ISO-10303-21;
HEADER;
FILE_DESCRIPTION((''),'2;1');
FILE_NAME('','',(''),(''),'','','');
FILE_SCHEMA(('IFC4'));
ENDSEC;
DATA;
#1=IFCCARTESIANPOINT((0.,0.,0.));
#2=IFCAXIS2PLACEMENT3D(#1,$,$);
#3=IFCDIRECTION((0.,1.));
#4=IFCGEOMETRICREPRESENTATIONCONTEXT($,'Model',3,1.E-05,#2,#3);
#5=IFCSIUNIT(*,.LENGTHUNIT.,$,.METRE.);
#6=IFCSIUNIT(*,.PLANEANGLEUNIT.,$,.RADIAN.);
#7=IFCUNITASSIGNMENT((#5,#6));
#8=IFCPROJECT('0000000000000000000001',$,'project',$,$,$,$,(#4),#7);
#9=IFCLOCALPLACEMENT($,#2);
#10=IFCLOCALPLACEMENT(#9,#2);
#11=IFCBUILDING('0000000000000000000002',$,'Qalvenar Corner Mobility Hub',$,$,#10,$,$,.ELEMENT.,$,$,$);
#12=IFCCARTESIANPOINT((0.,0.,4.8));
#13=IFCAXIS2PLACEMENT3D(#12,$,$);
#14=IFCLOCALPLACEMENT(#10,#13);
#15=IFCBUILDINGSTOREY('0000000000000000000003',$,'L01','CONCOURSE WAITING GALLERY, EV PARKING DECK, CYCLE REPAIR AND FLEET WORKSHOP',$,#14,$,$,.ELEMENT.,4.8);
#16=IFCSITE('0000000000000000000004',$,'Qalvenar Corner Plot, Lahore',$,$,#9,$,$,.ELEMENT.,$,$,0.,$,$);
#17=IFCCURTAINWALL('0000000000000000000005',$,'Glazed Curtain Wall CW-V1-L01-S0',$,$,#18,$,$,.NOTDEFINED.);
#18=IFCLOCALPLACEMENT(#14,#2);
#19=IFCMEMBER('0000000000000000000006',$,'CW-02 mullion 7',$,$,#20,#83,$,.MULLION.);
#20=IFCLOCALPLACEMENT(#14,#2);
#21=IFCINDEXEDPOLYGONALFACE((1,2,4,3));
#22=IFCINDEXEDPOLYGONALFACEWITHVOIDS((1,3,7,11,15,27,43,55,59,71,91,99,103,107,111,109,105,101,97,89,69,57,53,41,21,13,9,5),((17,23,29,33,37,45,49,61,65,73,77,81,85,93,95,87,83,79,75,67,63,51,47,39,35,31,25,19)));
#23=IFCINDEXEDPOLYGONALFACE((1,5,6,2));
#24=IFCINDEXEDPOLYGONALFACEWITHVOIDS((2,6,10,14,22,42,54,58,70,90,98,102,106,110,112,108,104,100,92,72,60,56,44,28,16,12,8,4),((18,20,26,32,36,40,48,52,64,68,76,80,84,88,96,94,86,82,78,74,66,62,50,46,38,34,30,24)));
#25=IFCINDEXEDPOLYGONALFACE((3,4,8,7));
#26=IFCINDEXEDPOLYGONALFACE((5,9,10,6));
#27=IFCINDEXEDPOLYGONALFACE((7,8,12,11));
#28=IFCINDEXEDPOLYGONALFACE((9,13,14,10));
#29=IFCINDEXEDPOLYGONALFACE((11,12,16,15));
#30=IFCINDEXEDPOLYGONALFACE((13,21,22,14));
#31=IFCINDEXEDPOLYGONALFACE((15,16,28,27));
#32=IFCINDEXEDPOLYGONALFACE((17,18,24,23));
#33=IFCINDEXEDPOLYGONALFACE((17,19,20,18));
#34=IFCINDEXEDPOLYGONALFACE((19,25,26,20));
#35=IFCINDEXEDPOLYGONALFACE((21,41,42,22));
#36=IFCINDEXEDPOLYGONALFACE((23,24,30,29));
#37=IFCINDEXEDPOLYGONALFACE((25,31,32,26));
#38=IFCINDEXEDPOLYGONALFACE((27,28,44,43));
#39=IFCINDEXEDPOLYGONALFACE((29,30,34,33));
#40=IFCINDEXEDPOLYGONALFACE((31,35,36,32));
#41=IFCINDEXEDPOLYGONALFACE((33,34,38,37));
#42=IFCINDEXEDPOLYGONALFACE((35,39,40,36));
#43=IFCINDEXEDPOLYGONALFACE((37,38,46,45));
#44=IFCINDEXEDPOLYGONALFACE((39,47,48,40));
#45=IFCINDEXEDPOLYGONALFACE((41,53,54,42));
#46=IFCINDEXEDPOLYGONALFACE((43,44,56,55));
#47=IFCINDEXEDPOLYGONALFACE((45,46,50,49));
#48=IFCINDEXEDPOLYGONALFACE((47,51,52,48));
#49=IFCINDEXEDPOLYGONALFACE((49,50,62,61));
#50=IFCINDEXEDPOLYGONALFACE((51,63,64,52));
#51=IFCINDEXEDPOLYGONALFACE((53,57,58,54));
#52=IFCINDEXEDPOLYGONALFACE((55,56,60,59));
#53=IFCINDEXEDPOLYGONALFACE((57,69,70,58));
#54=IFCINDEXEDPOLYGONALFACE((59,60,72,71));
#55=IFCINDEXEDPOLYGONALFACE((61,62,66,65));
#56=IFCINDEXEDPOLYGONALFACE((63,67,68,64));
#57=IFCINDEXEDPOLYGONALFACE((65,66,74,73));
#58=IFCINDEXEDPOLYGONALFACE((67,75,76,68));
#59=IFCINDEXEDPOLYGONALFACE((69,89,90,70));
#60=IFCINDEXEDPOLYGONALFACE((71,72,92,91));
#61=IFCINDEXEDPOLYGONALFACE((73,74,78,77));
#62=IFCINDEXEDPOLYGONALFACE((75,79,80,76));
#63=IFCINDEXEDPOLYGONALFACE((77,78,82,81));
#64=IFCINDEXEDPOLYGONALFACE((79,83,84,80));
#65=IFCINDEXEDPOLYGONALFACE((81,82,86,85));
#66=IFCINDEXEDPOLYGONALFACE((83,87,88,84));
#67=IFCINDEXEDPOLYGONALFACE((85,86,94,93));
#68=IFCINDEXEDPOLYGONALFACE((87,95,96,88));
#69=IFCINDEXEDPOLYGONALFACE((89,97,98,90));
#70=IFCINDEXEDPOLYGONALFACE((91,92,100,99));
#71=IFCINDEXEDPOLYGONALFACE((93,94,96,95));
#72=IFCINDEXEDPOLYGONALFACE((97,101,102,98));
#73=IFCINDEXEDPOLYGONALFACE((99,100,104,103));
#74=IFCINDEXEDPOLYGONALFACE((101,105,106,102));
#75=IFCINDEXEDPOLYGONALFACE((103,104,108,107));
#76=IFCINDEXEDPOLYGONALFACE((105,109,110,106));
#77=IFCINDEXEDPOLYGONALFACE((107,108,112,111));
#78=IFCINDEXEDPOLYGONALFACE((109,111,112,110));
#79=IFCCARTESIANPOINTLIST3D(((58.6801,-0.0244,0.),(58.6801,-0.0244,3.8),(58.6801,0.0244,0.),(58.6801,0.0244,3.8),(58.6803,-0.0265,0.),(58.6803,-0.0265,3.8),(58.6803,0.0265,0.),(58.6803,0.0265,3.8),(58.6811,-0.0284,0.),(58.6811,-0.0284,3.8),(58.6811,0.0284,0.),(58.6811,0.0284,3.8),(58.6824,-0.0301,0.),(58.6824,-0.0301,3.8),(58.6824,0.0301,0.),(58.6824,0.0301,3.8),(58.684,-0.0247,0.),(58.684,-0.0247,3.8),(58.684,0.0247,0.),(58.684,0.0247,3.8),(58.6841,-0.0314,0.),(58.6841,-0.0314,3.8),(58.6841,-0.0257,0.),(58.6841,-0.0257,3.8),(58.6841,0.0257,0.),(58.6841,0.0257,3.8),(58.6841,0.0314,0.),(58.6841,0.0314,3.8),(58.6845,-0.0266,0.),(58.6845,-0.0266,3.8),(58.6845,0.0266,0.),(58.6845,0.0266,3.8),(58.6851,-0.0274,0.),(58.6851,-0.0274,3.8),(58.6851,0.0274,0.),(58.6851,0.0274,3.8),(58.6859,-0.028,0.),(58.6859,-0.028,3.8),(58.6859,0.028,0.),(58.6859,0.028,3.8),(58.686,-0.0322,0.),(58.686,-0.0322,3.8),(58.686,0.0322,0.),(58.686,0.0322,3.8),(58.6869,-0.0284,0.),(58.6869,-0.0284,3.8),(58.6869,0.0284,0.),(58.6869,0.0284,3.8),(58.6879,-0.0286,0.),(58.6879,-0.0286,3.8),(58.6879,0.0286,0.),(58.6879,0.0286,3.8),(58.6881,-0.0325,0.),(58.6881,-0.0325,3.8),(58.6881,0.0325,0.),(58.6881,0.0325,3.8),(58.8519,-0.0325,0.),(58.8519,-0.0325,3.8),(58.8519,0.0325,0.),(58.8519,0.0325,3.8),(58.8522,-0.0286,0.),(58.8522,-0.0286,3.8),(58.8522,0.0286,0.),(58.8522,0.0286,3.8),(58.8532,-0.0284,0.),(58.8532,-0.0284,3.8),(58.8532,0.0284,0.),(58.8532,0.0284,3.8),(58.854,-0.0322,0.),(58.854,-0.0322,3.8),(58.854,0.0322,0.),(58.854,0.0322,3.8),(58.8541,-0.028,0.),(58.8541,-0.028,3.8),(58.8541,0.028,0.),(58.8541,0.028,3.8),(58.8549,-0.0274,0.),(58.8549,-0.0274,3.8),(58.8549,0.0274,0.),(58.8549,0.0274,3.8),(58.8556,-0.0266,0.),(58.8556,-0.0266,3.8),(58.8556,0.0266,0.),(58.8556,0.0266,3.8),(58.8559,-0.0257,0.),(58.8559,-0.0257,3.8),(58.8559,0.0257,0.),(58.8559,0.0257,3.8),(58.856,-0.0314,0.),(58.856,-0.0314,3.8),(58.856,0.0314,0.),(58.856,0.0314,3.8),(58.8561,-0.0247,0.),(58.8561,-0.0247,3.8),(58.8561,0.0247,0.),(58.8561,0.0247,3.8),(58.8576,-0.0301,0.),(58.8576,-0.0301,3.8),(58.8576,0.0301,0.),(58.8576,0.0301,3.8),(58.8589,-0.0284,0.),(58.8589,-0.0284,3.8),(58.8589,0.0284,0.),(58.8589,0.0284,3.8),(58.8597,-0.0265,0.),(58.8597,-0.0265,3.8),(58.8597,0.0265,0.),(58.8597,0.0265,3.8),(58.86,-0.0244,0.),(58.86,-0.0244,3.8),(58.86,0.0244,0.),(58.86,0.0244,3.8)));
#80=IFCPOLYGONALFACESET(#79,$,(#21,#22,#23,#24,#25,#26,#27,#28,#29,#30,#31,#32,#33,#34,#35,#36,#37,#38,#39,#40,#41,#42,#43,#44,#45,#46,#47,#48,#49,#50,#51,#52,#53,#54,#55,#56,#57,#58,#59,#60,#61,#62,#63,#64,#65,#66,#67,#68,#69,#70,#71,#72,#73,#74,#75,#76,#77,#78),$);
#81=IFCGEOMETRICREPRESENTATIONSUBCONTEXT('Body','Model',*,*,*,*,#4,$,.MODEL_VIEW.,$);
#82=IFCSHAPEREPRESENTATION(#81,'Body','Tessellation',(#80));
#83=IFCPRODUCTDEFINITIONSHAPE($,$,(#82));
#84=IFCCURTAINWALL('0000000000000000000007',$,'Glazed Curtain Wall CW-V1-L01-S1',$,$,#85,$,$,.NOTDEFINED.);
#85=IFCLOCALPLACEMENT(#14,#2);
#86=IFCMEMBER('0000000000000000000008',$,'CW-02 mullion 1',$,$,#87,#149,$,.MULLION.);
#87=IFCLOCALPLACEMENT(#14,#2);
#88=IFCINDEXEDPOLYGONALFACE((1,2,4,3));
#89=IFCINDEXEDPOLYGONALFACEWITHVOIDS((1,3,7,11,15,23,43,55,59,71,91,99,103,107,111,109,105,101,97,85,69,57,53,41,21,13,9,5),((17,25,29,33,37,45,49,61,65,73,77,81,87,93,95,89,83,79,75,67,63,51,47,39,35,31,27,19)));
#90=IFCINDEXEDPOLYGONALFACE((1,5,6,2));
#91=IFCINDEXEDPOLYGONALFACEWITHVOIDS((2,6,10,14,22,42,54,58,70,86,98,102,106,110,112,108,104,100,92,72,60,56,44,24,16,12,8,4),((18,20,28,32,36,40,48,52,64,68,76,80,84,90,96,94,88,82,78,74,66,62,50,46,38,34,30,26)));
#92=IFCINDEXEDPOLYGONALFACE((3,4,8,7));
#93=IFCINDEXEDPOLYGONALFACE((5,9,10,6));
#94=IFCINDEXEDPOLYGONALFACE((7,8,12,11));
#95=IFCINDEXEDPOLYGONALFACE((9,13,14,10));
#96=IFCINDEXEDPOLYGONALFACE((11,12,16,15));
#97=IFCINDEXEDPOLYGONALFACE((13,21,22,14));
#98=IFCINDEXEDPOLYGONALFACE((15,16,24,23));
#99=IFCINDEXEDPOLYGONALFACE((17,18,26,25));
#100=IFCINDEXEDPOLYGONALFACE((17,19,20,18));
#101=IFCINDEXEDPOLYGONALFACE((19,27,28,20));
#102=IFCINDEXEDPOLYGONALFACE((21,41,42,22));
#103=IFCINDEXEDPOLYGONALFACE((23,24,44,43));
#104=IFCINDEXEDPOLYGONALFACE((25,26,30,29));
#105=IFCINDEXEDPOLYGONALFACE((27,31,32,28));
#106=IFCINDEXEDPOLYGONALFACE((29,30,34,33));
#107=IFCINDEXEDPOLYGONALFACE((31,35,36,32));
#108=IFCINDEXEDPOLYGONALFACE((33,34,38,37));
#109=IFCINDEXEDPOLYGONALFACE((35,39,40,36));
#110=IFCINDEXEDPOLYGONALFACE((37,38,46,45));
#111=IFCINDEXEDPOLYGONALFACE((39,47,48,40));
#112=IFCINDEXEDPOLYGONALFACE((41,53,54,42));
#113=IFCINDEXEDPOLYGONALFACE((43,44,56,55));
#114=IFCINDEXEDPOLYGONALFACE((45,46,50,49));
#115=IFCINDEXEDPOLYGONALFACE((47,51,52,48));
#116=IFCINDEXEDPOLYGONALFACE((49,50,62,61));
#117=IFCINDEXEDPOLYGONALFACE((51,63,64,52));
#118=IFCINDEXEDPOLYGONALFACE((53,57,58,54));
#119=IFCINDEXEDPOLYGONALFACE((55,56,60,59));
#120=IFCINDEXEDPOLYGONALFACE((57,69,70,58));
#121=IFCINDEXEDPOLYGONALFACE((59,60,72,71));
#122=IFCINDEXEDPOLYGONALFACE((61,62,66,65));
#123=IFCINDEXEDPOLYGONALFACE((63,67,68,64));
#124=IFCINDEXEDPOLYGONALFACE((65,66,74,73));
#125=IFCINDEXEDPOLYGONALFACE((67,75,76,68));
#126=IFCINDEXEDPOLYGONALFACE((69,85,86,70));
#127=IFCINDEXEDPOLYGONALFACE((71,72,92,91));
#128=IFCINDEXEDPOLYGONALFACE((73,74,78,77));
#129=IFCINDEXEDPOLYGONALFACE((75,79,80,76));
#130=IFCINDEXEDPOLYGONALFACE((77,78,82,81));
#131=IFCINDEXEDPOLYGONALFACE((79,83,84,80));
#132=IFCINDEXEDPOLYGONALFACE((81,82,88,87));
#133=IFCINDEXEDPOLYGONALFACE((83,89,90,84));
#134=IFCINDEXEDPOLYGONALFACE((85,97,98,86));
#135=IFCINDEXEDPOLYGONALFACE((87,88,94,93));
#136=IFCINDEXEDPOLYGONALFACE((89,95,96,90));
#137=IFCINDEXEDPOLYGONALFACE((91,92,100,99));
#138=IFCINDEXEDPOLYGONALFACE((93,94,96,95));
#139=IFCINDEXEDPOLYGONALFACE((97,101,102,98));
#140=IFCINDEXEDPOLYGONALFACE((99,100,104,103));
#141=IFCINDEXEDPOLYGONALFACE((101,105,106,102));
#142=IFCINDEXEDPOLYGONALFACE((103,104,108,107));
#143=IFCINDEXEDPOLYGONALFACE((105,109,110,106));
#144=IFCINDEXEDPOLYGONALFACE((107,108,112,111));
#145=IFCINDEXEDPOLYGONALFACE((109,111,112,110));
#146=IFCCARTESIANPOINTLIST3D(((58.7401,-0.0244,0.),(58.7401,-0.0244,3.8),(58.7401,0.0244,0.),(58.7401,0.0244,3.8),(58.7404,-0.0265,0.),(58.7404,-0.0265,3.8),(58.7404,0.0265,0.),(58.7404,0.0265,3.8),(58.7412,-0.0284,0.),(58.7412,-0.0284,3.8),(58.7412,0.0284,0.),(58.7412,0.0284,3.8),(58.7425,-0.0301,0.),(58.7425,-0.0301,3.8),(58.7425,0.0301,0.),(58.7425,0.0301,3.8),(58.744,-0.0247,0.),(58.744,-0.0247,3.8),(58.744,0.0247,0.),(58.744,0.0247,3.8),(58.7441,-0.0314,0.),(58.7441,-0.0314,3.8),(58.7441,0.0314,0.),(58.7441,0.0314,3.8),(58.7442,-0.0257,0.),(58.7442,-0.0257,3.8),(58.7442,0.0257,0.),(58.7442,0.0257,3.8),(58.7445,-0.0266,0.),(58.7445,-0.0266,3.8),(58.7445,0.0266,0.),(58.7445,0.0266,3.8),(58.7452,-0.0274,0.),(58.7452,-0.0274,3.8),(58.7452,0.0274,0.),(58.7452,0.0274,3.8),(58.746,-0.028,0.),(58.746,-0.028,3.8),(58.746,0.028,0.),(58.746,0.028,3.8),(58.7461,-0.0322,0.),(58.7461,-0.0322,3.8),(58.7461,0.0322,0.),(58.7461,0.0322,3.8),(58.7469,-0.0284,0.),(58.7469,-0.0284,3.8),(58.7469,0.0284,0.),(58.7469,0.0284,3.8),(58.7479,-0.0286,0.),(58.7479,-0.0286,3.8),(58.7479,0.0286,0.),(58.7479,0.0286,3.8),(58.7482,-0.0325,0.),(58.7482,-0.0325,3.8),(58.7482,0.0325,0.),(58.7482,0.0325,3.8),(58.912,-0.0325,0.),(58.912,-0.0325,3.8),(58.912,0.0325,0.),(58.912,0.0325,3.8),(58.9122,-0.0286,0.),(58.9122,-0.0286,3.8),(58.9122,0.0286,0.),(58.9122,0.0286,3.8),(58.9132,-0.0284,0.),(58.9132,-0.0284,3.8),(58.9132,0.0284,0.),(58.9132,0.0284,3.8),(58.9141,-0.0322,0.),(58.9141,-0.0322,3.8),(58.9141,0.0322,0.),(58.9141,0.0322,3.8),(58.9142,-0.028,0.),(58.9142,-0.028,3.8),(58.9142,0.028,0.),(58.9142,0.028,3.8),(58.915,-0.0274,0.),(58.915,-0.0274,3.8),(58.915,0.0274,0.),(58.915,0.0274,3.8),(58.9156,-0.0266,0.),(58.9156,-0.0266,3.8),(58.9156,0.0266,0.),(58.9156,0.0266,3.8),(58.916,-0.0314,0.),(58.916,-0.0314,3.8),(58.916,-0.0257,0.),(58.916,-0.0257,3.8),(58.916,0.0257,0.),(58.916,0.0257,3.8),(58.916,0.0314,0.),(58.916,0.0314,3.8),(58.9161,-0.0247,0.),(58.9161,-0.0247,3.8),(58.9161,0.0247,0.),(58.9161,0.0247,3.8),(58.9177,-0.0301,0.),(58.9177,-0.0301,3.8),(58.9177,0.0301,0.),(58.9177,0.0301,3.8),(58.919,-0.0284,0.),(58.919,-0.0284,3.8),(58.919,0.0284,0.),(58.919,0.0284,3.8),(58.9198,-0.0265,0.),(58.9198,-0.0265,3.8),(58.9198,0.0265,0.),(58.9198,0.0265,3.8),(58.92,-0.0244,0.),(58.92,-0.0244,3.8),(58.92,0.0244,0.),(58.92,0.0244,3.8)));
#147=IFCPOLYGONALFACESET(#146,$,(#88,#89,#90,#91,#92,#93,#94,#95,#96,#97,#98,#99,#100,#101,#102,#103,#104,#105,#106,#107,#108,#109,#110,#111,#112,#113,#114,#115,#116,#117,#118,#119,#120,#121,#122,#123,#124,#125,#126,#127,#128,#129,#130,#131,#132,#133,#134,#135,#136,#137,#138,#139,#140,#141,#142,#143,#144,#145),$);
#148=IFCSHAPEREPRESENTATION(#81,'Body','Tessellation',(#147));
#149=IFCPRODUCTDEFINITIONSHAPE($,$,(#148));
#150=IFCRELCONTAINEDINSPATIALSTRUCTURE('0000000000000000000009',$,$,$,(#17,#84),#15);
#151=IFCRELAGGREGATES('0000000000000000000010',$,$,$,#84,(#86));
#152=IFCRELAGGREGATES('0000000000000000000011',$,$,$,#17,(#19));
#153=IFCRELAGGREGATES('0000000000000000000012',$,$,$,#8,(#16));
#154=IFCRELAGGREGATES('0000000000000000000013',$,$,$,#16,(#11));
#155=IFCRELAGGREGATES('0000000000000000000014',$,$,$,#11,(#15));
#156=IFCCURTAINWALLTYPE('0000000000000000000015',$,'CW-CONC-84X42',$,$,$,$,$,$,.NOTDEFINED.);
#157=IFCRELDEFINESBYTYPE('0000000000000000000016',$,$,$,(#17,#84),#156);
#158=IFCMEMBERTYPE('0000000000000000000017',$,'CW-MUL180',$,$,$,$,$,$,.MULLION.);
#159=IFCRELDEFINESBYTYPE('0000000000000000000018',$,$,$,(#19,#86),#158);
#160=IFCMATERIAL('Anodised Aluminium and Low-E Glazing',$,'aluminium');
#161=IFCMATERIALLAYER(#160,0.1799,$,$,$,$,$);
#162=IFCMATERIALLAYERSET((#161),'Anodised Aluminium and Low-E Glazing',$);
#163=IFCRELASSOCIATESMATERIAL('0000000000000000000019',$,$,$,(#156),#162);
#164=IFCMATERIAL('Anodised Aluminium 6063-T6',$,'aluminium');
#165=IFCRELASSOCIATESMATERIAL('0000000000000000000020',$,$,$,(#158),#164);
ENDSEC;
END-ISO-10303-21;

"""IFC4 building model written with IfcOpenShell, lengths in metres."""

from ifc_helpers import new_model, si_unit, direction, frame, origin, origin_2d, place, context, subcontext, project, spatial, hollow_rectangle, extrude, material, layer, layer_set, material_profile, profile_set, type_object, element, aggregate, save


model = new_model("IFC4")

# Units and contexts
model_context = context("Model", 3, precision=1e-05, world=origin(), true_north=direction((0.0, 1.0)))
body_context = subcontext(model_context, "Body", "Model", "MODEL_VIEW")
ifc_project = project(units=[si_unit("LENGTHUNIT", "METRE"), si_unit("PLANEANGLEUNIT", "RADIAN")], contexts=[model_context])

# Site, building, storey
site_placement = place(None, origin())
site = spatial("IfcSite", under=ifc_project, at=site_placement, Name="Qalvenar Corner Plot, Lahore", CompositionType="ELEMENT", RefElevation=0.0)
building_placement = place(site_placement, origin())
building = spatial("IfcBuilding", under=site, at=building_placement, Name="Qalvenar Corner Mobility Hub", CompositionType="ELEMENT")
storey_placement = place(building_placement, frame((0.0, 0.0, 4.8)))
storey = spatial("IfcBuildingStorey", under=building, at=storey_placement, Name="L01", Description="CONCOURSE WAITING GALLERY, EV PARKING DECK, CYCLE REPAIR AND FLEET WORKSHOP", CompositionType="ELEMENT", Elevation=4.8)

# Curtain walls, members
ifc_material_1 = material(Name="Anodised Aluminium and Low-E Glazing", Category="aluminium")
ifc_layer_1 = layer(ifc_material_1, 0.1799)
ifc_layer_set_1 = layer_set([ifc_layer_1], Name="Anodised Aluminium and Low-E Glazing")
curtain_wall_type = type_object("IfcCurtainWallType", Name="CW-CONC-84X42", PredefinedType="NOTDEFINED", material=ifc_layer_set_1)
curtain_wall_1_placement = place(storey_placement, origin())
curtain_wall_1 = element("IfcCurtainWall", 1, at=curtain_wall_1_placement, inside=storey, type_object=curtain_wall_type, Name="Glazed Curtain Wall CW-V1-L01-S0", PredefinedType="NOTDEFINED")
ifc_material_2 = material(Name="Anodised Aluminium 6063-T6", Category="aluminium")
ifc_material_profile_1 = material_profile(ifc_material_2, hollow_rectangle(XDim=0.0649, YDim=0.1799, WallThickness=0.0039, InnerFilletRadius=0.0039, OuterFilletRadius=0.0081, at=origin_2d()), Name="RHS180x65x4")
ifc_profile_set_1 = profile_set([ifc_material_profile_1], Name="Anodised Aluminium 6063-T6")
member_type_1 = type_object("IfcMemberType", Name="CW-MUL180", PredefinedType="MULLION", material=ifc_profile_set_1)
member_1_placement = place(storey_placement, frame((58.77, 0.0, 0.0), z_axis=(0.0, 0.0, 1.0), x_axis=(0.0, 1.0, 0.0)))
member_1 = element("IfcMember", 2, at=member_1_placement, type_object=member_type_1, Name="CW-02 mullion 7", PredefinedType="MULLION", context=body_context, shape_type="SweptSolid", body=[
    extrude(hollow_rectangle(XDim=0.0649, YDim=0.1799, WallThickness=0.0039, InnerFilletRadius=0.0039, OuterFilletRadius=0.0081, at=origin_2d()), origin(), (0.0, 0.0, 1.0), 3.8),
])
curtain_wall_2_placement = place(storey_placement, origin())
curtain_wall_2 = element("IfcCurtainWall", 3, at=curtain_wall_2_placement, inside=storey, type_object=curtain_wall_type, Name="Glazed Curtain Wall CW-V1-L01-S1", PredefinedType="NOTDEFINED")
member_2_placement = place(storey_placement, frame((58.8301, 0.0, 0.0), z_axis=(0.0, 0.0, 1.0), x_axis=(0.0, 1.0, 0.0)))
member_2 = element("IfcMember", 4, at=member_2_placement, type_object=member_type_1, Name="CW-02 mullion 1", PredefinedType="MULLION", context=body_context, shape_type="SweptSolid", body=[
    extrude(hollow_rectangle(XDim=0.0649, YDim=0.1799, WallThickness=0.0039, InnerFilletRadius=0.0039, OuterFilletRadius=0.0081, at=origin_2d()), origin(), (0.0, 0.0, 1.0), 3.8),
])
aggregate(curtain_wall_2, [member_2])

aggregate(curtain_wall_1, [member_1])

save(model, "model.ifc")
